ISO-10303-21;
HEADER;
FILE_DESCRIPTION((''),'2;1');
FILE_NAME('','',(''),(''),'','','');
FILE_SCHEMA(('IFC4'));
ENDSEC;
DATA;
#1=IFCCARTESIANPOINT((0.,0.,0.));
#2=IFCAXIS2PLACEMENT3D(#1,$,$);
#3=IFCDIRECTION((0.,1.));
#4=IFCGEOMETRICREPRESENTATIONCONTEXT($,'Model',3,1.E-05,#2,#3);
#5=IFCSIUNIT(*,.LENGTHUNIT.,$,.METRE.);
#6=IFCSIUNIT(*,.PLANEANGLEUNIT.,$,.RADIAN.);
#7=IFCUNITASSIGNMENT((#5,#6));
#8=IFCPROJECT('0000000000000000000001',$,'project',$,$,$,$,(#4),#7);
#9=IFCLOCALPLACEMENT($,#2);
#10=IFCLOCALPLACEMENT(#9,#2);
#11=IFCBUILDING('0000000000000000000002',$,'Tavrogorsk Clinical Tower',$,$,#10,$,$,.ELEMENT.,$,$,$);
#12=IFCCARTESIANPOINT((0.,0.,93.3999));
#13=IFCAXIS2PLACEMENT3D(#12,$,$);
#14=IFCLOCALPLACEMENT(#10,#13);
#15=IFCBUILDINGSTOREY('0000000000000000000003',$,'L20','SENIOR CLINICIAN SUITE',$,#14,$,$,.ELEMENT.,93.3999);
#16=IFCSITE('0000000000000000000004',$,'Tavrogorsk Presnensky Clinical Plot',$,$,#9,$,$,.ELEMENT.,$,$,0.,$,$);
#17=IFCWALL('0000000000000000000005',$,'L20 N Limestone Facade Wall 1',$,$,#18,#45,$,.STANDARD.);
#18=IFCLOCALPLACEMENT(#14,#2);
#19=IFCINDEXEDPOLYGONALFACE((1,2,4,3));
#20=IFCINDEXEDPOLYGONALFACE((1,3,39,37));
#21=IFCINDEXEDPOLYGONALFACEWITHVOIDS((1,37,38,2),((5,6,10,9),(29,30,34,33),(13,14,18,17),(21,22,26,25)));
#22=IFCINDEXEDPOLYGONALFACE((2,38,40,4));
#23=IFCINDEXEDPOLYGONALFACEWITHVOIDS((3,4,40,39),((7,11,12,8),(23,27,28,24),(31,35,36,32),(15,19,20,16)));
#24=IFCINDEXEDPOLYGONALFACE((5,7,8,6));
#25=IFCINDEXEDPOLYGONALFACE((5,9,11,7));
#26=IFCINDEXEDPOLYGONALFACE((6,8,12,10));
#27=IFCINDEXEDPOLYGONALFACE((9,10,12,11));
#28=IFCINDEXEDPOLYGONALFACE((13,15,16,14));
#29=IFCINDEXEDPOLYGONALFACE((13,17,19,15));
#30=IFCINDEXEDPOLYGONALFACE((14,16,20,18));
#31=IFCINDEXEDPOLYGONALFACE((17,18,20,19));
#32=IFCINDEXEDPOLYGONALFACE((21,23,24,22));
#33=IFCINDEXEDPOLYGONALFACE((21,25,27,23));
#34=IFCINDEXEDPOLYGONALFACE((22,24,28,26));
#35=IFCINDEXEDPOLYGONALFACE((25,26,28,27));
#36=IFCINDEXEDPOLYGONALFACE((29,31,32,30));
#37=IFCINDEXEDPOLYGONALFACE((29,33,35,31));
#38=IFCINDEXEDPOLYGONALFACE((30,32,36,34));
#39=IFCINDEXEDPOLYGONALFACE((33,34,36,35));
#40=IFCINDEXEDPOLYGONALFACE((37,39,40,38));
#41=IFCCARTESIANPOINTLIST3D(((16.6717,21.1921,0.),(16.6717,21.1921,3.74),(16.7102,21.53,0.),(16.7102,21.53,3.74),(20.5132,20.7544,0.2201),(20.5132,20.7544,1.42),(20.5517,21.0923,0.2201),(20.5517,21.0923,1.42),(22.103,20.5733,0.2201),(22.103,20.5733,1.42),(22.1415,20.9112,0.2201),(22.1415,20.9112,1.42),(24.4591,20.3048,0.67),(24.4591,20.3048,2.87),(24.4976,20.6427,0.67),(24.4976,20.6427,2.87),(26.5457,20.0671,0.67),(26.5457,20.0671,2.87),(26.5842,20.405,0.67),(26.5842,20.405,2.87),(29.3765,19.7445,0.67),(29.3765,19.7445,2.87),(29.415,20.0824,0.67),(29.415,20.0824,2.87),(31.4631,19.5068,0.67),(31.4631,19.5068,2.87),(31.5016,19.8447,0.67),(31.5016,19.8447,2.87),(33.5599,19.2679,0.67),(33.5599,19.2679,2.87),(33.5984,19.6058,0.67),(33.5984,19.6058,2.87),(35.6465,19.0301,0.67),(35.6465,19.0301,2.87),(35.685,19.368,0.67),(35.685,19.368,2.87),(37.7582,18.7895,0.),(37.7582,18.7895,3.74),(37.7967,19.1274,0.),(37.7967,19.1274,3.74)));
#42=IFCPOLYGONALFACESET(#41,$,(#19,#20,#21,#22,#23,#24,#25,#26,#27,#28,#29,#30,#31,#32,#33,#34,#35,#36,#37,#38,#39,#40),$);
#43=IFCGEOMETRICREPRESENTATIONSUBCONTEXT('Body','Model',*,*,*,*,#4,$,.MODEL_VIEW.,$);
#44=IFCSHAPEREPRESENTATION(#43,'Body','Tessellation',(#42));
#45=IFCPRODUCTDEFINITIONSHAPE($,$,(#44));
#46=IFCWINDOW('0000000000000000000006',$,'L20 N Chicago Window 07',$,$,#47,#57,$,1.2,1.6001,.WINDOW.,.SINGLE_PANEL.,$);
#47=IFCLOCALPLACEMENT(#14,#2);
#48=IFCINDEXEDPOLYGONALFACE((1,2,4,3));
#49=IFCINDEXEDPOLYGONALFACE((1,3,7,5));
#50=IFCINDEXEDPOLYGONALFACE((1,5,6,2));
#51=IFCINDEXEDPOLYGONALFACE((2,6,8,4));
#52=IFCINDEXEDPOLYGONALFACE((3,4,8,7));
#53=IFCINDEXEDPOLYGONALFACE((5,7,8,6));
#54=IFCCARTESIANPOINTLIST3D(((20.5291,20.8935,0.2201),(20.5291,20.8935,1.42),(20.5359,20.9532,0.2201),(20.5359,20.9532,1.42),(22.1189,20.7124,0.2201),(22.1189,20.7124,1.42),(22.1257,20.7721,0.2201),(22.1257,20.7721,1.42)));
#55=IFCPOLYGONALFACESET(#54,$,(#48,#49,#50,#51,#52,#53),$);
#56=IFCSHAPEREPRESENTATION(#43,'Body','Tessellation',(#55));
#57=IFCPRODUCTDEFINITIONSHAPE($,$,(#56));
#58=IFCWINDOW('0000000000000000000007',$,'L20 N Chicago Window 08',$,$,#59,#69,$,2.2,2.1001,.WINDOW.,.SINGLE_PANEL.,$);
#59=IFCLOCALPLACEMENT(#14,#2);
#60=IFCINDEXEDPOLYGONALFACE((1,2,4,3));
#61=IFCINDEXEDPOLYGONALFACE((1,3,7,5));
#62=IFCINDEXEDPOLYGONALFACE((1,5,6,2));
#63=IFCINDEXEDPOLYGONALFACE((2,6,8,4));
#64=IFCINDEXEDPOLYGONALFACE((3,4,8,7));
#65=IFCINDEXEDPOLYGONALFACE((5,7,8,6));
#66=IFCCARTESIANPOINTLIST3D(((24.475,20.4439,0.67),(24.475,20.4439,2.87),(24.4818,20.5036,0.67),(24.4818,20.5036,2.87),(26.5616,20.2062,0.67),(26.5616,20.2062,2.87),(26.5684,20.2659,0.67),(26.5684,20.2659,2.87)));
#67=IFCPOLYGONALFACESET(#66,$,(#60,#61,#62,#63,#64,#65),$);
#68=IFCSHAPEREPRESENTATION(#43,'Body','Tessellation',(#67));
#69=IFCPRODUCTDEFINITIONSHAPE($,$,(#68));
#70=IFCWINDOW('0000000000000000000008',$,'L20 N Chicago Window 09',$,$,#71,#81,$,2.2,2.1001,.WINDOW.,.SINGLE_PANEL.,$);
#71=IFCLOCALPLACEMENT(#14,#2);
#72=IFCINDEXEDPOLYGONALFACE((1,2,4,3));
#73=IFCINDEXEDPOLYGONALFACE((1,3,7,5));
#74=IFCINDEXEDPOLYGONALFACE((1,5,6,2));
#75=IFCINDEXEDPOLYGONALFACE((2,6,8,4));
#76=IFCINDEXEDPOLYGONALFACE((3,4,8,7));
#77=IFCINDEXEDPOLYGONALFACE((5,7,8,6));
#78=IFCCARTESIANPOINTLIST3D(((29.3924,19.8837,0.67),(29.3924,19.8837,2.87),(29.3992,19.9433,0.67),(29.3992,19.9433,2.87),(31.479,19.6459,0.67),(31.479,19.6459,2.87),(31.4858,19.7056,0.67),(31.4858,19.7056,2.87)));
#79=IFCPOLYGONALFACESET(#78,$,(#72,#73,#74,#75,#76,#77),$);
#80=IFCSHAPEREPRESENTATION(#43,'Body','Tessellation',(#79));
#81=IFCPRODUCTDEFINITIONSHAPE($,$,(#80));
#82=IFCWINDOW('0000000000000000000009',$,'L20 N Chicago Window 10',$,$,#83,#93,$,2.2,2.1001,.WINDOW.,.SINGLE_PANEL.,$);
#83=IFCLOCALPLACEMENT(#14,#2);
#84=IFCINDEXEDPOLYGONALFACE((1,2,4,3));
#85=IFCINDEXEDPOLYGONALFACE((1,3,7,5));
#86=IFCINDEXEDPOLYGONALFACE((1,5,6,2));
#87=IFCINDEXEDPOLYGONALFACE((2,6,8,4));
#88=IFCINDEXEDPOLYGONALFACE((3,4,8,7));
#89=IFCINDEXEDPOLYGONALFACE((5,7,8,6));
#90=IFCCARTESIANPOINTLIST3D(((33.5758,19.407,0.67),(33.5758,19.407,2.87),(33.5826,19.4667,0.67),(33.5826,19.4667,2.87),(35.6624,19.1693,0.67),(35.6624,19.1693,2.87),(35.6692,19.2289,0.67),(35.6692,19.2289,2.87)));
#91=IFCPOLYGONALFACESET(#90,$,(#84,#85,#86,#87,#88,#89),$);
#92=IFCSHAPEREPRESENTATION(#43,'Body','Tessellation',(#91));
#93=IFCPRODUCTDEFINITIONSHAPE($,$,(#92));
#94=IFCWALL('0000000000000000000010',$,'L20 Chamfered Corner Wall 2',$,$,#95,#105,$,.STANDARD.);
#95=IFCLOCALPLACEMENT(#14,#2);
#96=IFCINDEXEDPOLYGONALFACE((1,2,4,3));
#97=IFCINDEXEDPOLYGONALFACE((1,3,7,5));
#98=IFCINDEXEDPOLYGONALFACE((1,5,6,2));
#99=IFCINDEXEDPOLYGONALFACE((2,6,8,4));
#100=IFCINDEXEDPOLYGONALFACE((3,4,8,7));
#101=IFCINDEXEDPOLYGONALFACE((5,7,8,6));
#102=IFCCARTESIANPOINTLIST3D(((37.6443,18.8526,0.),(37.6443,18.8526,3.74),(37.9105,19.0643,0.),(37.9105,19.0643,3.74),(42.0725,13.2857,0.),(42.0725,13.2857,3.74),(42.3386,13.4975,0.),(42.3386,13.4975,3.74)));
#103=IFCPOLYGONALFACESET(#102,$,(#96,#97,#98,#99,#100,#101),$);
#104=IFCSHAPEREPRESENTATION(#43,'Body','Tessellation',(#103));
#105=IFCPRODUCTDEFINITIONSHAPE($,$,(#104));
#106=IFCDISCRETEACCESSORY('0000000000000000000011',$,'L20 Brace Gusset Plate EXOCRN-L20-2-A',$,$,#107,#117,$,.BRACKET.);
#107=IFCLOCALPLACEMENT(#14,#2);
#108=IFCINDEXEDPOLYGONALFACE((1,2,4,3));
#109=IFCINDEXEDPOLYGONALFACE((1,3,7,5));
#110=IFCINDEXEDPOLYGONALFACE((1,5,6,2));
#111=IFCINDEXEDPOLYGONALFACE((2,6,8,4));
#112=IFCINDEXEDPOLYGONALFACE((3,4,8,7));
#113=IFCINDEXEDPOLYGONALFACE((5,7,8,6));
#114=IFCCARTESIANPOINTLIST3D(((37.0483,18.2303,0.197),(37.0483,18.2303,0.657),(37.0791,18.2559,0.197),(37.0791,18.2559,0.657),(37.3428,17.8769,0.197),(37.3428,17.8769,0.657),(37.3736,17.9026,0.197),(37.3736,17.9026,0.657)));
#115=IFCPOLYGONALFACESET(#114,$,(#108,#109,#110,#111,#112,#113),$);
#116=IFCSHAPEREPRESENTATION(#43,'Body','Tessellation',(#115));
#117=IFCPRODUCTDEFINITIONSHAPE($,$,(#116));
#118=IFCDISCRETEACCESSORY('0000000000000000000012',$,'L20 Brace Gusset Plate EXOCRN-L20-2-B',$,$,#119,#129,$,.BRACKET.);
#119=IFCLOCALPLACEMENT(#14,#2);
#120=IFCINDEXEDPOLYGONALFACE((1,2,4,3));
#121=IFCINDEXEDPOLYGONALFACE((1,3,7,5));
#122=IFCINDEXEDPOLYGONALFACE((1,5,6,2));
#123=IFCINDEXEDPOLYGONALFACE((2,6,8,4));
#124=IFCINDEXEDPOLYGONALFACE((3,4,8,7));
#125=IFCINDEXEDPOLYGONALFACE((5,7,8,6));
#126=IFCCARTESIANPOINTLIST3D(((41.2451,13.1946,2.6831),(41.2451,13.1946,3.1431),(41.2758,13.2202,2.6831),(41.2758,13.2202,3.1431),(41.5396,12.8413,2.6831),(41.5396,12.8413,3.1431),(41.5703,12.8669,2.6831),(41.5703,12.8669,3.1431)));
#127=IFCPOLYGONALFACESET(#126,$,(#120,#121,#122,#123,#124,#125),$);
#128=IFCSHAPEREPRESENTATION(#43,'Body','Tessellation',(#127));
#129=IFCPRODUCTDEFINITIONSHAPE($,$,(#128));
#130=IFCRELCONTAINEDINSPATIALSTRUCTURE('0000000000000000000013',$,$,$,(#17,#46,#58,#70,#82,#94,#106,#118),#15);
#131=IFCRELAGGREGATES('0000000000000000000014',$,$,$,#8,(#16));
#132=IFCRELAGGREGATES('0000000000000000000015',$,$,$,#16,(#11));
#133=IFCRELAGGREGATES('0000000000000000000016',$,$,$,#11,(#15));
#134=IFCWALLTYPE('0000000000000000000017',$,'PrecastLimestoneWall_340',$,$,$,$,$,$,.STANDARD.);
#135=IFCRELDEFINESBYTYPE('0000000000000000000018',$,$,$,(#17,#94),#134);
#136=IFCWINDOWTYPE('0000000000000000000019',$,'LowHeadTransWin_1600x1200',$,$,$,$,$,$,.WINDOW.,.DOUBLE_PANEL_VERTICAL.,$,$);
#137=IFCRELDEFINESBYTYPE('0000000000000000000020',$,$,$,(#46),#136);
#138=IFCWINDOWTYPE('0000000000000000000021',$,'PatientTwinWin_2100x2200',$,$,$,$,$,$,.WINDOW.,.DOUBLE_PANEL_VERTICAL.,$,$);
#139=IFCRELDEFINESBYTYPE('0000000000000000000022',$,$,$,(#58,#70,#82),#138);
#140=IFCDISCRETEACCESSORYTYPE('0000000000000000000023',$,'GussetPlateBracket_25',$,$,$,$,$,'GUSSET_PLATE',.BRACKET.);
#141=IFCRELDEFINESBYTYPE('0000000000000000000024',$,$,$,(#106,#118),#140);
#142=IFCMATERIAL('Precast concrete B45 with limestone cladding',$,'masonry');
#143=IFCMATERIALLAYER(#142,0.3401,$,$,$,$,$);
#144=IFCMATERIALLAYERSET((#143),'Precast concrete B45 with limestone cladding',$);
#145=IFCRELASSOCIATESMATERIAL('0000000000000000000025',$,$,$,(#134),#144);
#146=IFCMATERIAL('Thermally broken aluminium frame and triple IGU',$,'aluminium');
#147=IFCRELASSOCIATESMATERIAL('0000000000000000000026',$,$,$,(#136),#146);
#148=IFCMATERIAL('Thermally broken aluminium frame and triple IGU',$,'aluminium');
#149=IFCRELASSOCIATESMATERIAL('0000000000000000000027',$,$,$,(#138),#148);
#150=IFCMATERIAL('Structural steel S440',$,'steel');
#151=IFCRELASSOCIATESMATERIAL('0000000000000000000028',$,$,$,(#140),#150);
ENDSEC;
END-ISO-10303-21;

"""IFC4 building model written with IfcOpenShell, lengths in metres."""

from ifc_helpers import new_model, si_unit, direction, frame, frame_2d, origin, origin_2d, place, context, subcontext, project, spatial, rectangle, extrude, material, layer, layer_set, type_object, element, fill, save


model = new_model("IFC4")

# Units and contexts
model_context = context("Model", 3, precision=1e-05, world=origin(), true_north=direction((0.0, 1.0)))
body_context = subcontext(model_context, "Body", "Model", "MODEL_VIEW")
ifc_project = project(units=[si_unit("LENGTHUNIT", "METRE"), si_unit("PLANEANGLEUNIT", "RADIAN")], contexts=[model_context])

# Site, building, storey
site_placement = place(None, origin())
site = spatial("IfcSite", under=ifc_project, at=site_placement, Name="Tavrogorsk Presnensky Clinical Plot", CompositionType="ELEMENT", RefElevation=0.0)
building_placement = place(site_placement, origin())
building = spatial("IfcBuilding", under=site, at=building_placement, Name="Tavrogorsk Clinical Tower", CompositionType="ELEMENT")
storey_placement = place(building_placement, frame((0.0, 0.0, 93.3999)))
storey = spatial("IfcBuildingStorey", under=building, at=storey_placement, Name="L20", Description="SENIOR CLINICIAN SUITE", CompositionType="ELEMENT", Elevation=93.3999)

# Wall, openings, windows
ifc_material_1 = material(Name="Precast concrete B45 with limestone cladding", Category="masonry")
ifc_layer_1 = layer(ifc_material_1, 0.3401)
ifc_layer_set_1 = layer_set([ifc_layer_1], Name="Precast concrete B45 with limestone cladding")
wall_type_1 = type_object("IfcWallType", Name="PrecastLimestoneWall_340", PredefinedType="STANDARD", material=ifc_layer_set_1)
wall_1_placement = place(storey_placement, frame((37.7773, 18.9585, 0.0), z_axis=(0.0, 0.0, 1.0), x_axis=(-0.993571, 0.113208, 0.0)))
wall_1 = element("IfcWall", 1, at=wall_1_placement, inside=storey, type_object=wall_type_1, Name="L20 N Limestone Facade Wall 1", PredefinedType="STANDARD", context=body_context, shape_type="SweptSolid", body=[
    extrude(rectangle(XDim=21.2229, YDim=0.3401, at=frame_2d((10.6113, 0.0))), origin(), (0.0, 0.0, 1.0), 3.74),
])
opening_1_placement = place(wall_1_placement, frame((15.7563, 0.0, 0.22)))
opening_1 = element("IfcOpeningElement", 2, at=opening_1_placement, cuts=wall_1, PredefinedType="OPENING", context=body_context, shape_type="SweptSolid", body=[
    extrude(rectangle(XDim=1.6001, YDim=1.2, at=frame_2d((0.8, 0.6001))), frame((0.0, 0.1799, 0.0), z_axis=(0.0, -1.0, 0.0), x_axis=(1.0, 0.0, 0.0)), (0.0, 0.0, 1.0), 0.3601),
])
opening_2_placement = place(wall_1_placement, frame((11.2849, 0.0, 0.6699)))
opening_2 = element("IfcOpeningElement", 3, at=opening_2_placement, cuts=wall_1, PredefinedType="OPENING", context=body_context, shape_type="SweptSolid", body=[
    extrude(rectangle(XDim=2.1001, YDim=2.2, at=frame_2d((1.05, 1.1001))), frame((0.0, 0.1799, 0.0), z_axis=(0.0, -1.0, 0.0), x_axis=(1.0, 0.0, 0.0)), (0.0, 0.0, 1.0), 0.3601),
])
opening_3_placement = place(wall_1_placement, frame((6.3357, 0.0, 0.6699)))
opening_3 = element("IfcOpeningElement", 4, at=opening_3_placement, cuts=wall_1, PredefinedType="OPENING", context=body_context, shape_type="SweptSolid", body=[
    extrude(rectangle(XDim=2.1001, YDim=2.2, at=frame_2d((1.05, 1.1001))), frame((0.0, 0.1799, 0.0), z_axis=(0.0, -1.0, 0.0), x_axis=(1.0, 0.0, 0.0)), (0.0, 0.0, 1.0), 0.3601),
])
opening_4_placement = place(wall_1_placement, frame((2.1252, 0.0, 0.6699)))
opening_4 = element("IfcOpeningElement", 5, at=opening_4_placement, cuts=wall_1, PredefinedType="OPENING", context=body_context, shape_type="SweptSolid", body=[
    extrude(rectangle(XDim=2.1001, YDim=2.2, at=frame_2d((1.05, 1.1001))), frame((0.0, 0.1799, 0.0), z_axis=(0.0, -1.0, 0.0), x_axis=(1.0, 0.0, 0.0)), (0.0, 0.0, 1.0), 0.3601),
])
ifc_material_2 = material(Name="Thermally broken aluminium frame and triple IGU", Category="aluminium")
window_type_1 = type_object("IfcWindowType", Name="LowHeadTransWin_1600x1200", PartitioningType="DOUBLE_PANEL_VERTICAL", PredefinedType="WINDOW", material=ifc_material_2)
window_1_placement = place(opening_1_placement, origin())
window_1 = element("IfcWindow", 6, at=window_1_placement, inside=storey, type_object=window_type_1, Name="L20 N Chicago Window 07", OverallHeight=1.2, OverallWidth=1.6001, PartitioningType="SINGLE_PANEL", PredefinedType="WINDOW", context=body_context, shape_type="SweptSolid", body=[
    extrude(rectangle(XDim=1.6001, YDim=1.2, at=frame_2d((0.8, 0.6001))), frame((0.0, 0.03, 0.0), z_axis=(0.0, -1.0, 0.0), x_axis=(1.0, 0.0, 0.0)), (0.0, 0.0, 1.0), 0.0601),
])
fill(opening_1, window_1)
ifc_material_3 = material(Name="Thermally broken aluminium frame and triple IGU", Category="aluminium")
window_type_2 = type_object("IfcWindowType", Name="PatientTwinWin_2100x2200", PartitioningType="DOUBLE_PANEL_VERTICAL", PredefinedType="WINDOW", material=ifc_material_3)
window_2_placement = place(opening_2_placement, origin())
window_2 = element("IfcWindow", 7, at=window_2_placement, inside=storey, type_object=window_type_2, Name="L20 N Chicago Window 08", OverallHeight=2.2, OverallWidth=2.1001, PartitioningType="SINGLE_PANEL", PredefinedType="WINDOW", context=body_context, shape_type="SweptSolid", body=[
    extrude(rectangle(XDim=2.1001, YDim=2.2, at=frame_2d((1.05, 1.1001))), frame((0.0, 0.03, 0.0), z_axis=(0.0, -1.0, 0.0), x_axis=(1.0, 0.0, 0.0)), (0.0, 0.0, 1.0), 0.0601),
])
fill(opening_2, window_2)
window_3_placement = place(opening_3_placement, origin())
window_3 = element("IfcWindow", 8, at=window_3_placement, inside=storey, type_object=window_type_2, Name="L20 N Chicago Window 09", OverallHeight=2.2, OverallWidth=2.1001, PartitioningType="SINGLE_PANEL", PredefinedType="WINDOW", context=body_context, shape_type="SweptSolid", body=[
    extrude(rectangle(XDim=2.1001, YDim=2.2, at=frame_2d((1.05, 1.1001))), frame((0.0, 0.03, 0.0), z_axis=(0.0, -1.0, 0.0), x_axis=(1.0, 0.0, 0.0)), (0.0, 0.0, 1.0), 0.0601),
])
fill(opening_3, window_3)
window_4_placement = place(opening_4_placement, origin())
window_4 = element("IfcWindow", 9, at=window_4_placement, inside=storey, type_object=window_type_2, Name="L20 N Chicago Window 10", OverallHeight=2.2, OverallWidth=2.1001, PartitioningType="SINGLE_PANEL", PredefinedType="WINDOW", context=body_context, shape_type="SweptSolid", body=[
    extrude(rectangle(XDim=2.1001, YDim=2.2, at=frame_2d((1.05, 1.1001))), frame((0.0, 0.03, 0.0), z_axis=(0.0, -1.0, 0.0), x_axis=(1.0, 0.0, 0.0)), (0.0, 0.0, 1.0), 0.0601),
])
fill(opening_4, window_4)

# Wall
wall_2_placement = place(storey_placement, frame((42.2056, 13.3916, 0.0), z_axis=(0.0, 0.0, 1.0), x_axis=(-0.622525, 0.7826, 0.0)))
element("IfcWall", 10, at=wall_2_placement, inside=storey, type_object=wall_type_1, Name="L20 Chamfered Corner Wall 2", PredefinedType="STANDARD", context=body_context, shape_type="SweptSolid", body=[
    extrude(rectangle(XDim=7.1133, YDim=0.3401, at=frame_2d((3.5566, 0.0))), origin(), (0.0, 0.0, 1.0), 3.74),
])

# Discrete accessories
ifc_material_4 = material(Name="Structural steel S440", Category="steel")
discrete_accessory_type = type_object("IfcDiscreteAccessoryType", Name="GussetPlateBracket_25", ElementType="GUSSET_PLATE", PredefinedType="BRACKET", material=ifc_material_4)
for number, where, z_axis, x_axis, name in (
    (11, (37.2109, 18.0664, 0.197), (0.0, 0.0, 1.0), (0.640244, -0.768172, 0.0), "L20 Brace Gusset Plate EXOCRN-L20-2-A"),
    (12, (41.4077, 13.0308, 2.6831), (0.0, 0.0, 1.0), (0.640244, -0.768172, 0.0), "L20 Brace Gusset Plate EXOCRN-L20-2-B"),
):
    element("IfcDiscreteAccessory", number, at=place(storey_placement, frame(where, z_axis=z_axis, x_axis=x_axis)), inside=storey, type_object=discrete_accessory_type, Name=name, PredefinedType="BRACKET", context=body_context, shape_type="SweptSolid", body=[
        extrude(rectangle(XDim=0.46, YDim=0.04, at=origin_2d()), origin(), (0.0, 0.0, 1.0), 0.46),
    ])

save(model, "model.ifc")
